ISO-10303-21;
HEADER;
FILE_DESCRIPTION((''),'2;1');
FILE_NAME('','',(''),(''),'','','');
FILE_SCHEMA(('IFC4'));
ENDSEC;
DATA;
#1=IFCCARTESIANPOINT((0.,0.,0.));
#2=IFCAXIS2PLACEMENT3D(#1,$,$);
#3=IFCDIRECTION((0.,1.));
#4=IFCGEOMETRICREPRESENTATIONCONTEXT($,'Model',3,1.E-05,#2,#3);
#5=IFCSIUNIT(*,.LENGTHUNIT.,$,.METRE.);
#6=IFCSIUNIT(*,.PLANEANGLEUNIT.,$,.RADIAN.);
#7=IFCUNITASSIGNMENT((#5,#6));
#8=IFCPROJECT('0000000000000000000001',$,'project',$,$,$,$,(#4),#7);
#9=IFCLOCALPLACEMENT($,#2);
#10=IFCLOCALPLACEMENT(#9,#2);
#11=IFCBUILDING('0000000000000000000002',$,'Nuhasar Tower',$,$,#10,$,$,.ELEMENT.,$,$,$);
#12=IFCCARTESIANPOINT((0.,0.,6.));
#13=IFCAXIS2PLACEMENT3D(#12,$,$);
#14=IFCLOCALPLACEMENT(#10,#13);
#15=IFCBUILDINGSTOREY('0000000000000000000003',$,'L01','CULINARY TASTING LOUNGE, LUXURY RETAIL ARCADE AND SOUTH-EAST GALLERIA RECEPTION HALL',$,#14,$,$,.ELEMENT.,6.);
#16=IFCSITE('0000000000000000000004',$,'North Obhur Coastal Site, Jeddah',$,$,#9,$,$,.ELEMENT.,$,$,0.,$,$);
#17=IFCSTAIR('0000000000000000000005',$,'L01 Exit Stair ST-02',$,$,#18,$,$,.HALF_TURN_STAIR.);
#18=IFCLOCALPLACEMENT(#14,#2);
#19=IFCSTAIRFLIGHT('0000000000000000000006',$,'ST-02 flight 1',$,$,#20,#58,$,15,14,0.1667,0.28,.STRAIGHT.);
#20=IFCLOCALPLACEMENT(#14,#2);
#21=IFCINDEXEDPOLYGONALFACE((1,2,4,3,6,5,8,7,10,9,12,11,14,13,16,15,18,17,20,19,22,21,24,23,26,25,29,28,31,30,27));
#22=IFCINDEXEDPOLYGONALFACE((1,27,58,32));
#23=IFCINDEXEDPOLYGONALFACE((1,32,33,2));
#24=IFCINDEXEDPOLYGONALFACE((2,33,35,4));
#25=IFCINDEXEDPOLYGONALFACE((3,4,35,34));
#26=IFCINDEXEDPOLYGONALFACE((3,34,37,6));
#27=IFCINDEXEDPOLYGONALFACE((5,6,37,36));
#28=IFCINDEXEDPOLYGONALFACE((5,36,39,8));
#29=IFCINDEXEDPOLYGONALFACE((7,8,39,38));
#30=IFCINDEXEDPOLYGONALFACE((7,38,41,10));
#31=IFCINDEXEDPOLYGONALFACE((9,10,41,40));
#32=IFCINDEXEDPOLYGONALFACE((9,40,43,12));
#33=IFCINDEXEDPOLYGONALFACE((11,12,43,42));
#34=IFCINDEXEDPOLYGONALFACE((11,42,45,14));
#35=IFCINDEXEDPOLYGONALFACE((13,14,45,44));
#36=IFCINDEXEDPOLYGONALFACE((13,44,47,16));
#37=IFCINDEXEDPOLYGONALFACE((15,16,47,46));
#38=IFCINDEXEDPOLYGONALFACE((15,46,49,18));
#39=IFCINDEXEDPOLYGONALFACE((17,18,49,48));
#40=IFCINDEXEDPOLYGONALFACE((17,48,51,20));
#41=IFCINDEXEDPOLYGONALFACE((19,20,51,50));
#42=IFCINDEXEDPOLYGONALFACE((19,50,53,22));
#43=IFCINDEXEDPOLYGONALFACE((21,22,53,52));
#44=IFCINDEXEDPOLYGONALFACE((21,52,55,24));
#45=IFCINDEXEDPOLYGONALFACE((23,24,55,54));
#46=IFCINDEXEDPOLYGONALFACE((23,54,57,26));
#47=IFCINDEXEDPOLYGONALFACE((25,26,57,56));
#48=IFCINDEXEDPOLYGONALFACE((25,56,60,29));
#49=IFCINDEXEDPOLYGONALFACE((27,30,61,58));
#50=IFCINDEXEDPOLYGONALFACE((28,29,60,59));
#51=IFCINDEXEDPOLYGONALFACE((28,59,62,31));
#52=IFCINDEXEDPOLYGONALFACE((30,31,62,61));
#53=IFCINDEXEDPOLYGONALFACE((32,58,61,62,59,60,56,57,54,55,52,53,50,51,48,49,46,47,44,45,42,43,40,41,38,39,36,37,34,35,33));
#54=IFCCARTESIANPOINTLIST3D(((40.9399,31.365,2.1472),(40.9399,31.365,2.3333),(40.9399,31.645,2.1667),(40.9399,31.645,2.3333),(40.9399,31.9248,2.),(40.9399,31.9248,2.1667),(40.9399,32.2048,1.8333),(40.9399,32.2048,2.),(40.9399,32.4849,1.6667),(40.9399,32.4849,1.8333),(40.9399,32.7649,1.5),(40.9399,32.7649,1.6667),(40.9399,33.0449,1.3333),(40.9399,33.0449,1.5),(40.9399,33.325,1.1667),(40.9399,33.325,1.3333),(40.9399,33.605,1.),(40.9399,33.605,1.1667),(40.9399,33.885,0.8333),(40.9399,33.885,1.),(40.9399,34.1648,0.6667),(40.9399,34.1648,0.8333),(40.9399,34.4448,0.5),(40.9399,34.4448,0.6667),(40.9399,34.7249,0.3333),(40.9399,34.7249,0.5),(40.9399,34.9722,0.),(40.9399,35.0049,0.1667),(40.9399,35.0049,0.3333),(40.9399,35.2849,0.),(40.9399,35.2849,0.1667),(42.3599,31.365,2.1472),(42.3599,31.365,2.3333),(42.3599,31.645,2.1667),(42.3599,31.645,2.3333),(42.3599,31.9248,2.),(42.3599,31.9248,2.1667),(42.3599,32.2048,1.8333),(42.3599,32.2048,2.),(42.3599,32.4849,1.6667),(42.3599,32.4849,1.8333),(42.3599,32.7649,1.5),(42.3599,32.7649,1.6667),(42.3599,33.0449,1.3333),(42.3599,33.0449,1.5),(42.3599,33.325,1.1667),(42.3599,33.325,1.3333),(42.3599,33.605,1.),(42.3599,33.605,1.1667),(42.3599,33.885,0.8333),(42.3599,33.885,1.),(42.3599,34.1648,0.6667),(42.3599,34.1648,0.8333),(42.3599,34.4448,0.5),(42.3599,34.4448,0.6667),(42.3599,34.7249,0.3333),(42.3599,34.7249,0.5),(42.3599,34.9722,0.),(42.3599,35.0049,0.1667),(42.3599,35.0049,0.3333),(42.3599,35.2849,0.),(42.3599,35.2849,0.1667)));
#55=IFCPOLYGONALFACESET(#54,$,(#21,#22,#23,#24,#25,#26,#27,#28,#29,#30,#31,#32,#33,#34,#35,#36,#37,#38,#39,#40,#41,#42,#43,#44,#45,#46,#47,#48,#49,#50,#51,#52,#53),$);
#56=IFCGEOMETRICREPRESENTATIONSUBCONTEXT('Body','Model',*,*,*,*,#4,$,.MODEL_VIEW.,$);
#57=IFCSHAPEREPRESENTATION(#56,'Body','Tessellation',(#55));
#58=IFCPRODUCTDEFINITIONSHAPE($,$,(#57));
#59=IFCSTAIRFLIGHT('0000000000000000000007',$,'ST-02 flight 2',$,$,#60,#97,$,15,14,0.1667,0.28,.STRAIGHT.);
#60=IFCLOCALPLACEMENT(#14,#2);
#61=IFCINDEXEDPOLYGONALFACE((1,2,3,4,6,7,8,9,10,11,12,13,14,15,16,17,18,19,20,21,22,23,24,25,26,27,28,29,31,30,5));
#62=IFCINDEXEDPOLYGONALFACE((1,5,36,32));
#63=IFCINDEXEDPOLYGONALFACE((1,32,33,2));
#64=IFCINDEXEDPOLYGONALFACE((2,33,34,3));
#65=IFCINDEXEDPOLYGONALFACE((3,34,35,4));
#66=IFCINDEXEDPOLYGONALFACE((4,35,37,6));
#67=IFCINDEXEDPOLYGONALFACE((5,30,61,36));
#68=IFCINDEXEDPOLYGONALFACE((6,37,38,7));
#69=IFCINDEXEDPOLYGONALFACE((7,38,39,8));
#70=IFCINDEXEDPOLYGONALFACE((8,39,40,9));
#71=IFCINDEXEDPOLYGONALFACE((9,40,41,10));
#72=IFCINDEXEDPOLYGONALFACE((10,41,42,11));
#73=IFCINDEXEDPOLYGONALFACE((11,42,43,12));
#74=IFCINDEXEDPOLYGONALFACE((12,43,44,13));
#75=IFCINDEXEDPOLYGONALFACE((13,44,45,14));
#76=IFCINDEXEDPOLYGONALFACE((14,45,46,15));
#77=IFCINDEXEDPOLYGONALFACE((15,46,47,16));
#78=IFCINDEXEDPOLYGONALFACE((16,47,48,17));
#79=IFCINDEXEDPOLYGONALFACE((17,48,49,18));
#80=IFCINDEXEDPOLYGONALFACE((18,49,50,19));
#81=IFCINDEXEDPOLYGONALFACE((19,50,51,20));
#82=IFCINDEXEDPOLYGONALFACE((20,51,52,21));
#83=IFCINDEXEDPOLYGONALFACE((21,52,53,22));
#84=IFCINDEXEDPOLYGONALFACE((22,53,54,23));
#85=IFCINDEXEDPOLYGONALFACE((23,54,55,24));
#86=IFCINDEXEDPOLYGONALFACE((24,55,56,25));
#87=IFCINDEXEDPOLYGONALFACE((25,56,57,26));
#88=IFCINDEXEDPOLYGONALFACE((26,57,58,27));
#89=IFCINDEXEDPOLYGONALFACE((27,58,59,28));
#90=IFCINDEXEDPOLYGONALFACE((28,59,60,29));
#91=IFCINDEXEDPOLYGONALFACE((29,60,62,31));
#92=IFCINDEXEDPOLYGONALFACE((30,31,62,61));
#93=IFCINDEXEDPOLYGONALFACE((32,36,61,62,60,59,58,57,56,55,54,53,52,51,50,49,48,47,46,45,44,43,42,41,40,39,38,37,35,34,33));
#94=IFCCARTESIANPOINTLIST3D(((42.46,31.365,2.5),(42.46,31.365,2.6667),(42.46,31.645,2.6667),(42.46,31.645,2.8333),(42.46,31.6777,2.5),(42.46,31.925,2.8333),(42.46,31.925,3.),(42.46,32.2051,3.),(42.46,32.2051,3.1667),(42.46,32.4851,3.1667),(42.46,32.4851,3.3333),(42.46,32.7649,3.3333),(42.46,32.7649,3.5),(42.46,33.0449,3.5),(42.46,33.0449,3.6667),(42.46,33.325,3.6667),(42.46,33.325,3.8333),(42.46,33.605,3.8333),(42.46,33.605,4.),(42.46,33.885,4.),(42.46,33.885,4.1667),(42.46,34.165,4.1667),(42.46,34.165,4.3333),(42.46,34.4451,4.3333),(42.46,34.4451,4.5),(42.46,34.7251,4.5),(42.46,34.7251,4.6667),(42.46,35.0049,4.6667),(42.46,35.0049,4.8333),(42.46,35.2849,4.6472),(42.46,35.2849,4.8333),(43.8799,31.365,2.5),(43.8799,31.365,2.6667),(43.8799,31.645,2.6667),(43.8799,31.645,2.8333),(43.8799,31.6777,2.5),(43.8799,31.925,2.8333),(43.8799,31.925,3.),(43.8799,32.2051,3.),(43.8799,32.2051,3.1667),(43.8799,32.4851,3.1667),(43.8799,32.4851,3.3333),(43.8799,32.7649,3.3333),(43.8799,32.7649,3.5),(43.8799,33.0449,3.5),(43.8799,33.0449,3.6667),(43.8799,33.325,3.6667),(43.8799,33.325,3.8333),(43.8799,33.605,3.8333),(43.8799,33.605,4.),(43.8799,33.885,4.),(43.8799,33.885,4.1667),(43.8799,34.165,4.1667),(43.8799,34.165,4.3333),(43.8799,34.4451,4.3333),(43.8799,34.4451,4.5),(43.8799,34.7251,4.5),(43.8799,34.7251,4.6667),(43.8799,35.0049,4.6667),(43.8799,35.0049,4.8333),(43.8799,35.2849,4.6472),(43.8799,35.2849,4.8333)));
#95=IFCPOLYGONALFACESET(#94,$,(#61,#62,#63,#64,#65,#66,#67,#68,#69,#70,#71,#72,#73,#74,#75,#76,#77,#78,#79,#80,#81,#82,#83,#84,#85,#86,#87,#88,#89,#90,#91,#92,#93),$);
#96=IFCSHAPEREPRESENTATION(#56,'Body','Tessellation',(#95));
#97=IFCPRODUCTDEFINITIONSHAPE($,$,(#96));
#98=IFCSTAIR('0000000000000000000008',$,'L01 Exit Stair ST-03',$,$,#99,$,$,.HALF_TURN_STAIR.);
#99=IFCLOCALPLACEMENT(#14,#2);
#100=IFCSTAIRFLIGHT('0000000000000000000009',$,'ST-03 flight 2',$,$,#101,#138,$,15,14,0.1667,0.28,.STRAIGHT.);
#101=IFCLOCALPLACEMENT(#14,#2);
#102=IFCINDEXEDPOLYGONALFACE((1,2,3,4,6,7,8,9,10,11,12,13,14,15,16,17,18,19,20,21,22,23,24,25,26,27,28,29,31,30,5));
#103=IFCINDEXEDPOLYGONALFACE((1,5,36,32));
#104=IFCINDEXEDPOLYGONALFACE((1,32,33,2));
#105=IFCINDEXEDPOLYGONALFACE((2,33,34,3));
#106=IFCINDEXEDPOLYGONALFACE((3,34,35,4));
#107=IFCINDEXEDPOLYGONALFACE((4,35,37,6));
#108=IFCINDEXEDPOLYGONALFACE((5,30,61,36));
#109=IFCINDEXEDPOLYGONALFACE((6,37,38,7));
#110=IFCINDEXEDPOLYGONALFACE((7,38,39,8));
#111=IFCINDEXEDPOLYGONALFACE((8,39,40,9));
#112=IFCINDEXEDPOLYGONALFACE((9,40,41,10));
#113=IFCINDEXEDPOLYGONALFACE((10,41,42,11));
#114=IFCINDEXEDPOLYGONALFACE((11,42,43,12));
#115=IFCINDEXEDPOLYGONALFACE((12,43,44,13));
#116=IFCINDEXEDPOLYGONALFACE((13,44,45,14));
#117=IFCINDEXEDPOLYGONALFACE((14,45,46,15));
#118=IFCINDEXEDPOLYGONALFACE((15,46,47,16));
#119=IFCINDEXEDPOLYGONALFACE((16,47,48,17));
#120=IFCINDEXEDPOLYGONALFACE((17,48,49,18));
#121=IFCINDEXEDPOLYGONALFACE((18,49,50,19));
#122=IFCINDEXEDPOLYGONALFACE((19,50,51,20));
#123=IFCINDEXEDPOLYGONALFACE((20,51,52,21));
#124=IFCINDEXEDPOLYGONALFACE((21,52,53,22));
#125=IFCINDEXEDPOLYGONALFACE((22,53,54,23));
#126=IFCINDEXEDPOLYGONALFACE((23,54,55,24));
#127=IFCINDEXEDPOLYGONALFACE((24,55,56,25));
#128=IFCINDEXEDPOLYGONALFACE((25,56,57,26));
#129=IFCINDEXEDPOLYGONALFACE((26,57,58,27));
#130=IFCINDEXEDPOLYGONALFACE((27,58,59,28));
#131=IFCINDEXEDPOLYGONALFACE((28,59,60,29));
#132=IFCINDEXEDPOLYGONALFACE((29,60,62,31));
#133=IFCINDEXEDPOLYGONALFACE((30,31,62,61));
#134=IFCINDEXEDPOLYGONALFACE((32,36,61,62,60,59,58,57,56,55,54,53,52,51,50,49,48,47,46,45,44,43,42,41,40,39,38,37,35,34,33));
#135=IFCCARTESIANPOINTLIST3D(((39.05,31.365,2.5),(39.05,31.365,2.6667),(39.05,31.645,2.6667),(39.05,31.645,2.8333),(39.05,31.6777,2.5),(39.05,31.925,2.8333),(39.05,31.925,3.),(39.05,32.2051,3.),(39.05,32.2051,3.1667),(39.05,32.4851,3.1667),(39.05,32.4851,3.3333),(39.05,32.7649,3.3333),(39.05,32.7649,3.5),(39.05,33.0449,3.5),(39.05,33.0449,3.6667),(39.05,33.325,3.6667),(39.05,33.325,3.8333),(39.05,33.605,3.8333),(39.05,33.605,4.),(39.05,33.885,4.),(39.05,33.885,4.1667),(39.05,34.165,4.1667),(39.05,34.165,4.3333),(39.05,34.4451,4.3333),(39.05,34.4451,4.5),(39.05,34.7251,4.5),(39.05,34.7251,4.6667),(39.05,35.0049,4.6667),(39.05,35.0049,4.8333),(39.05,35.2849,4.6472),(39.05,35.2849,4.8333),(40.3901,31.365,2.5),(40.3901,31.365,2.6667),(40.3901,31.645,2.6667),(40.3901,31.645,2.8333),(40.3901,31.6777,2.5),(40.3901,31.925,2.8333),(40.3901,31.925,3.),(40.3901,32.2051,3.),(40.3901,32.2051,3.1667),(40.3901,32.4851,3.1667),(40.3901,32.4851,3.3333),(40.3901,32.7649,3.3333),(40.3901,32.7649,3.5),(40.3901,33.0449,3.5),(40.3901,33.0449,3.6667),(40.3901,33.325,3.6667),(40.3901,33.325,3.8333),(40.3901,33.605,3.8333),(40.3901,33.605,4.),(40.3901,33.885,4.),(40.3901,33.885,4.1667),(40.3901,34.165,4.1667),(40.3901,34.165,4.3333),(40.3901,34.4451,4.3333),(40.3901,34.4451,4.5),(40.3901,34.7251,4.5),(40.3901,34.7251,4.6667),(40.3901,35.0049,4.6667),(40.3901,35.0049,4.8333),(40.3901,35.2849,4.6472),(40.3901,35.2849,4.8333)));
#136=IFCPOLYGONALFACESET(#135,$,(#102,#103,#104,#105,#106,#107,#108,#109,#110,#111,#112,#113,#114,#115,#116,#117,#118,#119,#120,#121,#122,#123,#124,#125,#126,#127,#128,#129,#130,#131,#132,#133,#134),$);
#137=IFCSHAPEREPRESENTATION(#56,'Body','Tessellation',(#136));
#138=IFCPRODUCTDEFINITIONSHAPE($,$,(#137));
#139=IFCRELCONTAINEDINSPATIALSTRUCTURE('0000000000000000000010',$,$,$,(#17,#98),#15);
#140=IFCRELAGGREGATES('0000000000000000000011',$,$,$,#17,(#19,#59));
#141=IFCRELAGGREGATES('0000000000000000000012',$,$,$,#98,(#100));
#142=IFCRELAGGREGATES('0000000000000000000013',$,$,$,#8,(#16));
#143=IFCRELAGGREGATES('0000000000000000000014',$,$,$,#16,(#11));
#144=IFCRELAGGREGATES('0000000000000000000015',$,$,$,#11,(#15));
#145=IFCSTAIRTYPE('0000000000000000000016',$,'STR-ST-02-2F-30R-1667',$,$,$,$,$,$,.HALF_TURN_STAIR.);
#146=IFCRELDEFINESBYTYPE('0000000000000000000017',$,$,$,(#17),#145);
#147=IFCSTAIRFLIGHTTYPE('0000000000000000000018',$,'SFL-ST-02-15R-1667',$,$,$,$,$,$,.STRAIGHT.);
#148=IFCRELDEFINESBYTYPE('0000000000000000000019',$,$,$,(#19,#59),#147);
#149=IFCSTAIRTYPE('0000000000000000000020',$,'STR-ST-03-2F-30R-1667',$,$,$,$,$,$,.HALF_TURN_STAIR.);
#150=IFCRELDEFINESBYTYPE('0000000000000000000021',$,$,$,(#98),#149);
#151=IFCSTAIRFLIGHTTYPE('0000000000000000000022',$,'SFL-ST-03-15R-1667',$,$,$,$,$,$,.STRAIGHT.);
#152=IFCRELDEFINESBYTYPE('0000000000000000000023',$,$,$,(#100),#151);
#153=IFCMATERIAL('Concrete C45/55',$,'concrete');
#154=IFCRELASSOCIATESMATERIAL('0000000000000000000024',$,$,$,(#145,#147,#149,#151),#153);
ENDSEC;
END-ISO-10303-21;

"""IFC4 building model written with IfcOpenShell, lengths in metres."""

from ifc_helpers import new_model, si_unit, direction, frame, origin, place, context, subcontext, project, spatial, polyline, outline, extrude, material, type_object, element, aggregate, save


model = new_model("IFC4")

# Units and contexts
model_context = context("Model", 3, precision=1e-05, world=origin(), true_north=direction((0.0, 1.0)))
body_context = subcontext(model_context, "Body", "Model", "MODEL_VIEW")
ifc_project = project(units=[si_unit("LENGTHUNIT", "METRE"), si_unit("PLANEANGLEUNIT", "RADIAN")], contexts=[model_context])

# Site, building, storey
site_placement = place(None, origin())
site = spatial("IfcSite", under=ifc_project, at=site_placement, Name="North Obhur Coastal Site, Jeddah", CompositionType="ELEMENT", RefElevation=0.0)
building_placement = place(site_placement, origin())
building = spatial("IfcBuilding", under=site, at=building_placement, Name="Nuhasar Tower", CompositionType="ELEMENT")
storey_placement = place(building_placement, frame((0.0, 0.0, 6.0)))
storey = spatial("IfcBuildingStorey", under=building, at=storey_placement, Name="L01", Description="CULINARY TASTING LOUNGE, LUXURY RETAIL ARCADE AND SOUTH-EAST GALLERIA RECEPTION HALL", CompositionType="ELEMENT", Elevation=6.0)

# Shared definitions
ifc_material_1 = material(Name="Concrete C45/55", Category="concrete")

# Stair, stair flights
stair_type_1 = type_object("IfcStairType", Name="STR-ST-02-2F-30R-1667", PredefinedType="HALF_TURN_STAIR", material=ifc_material_1)
stair_1_placement = place(storey_placement, origin())
stair_1 = element("IfcStair", 1, at=stair_1_placement, inside=storey, type_object=stair_type_1, Name="L01 Exit Stair ST-02", PredefinedType="HALF_TURN_STAIR")
stair_flight_type_1 = type_object("IfcStairFlightType", Name="SFL-ST-02-15R-1667", PredefinedType="STRAIGHT", material=ifc_material_1)
stair_flight_1_placement = place(storey_placement, frame((41.6499, 35.2849, 0.0), z_axis=(0.0, 0.0, 1.0), x_axis=(0.0, -1.0, 0.0)))
stair_flight_1 = element("IfcStairFlight", 2, at=stair_flight_1_placement, type_object=stair_flight_type_1, Name="ST-02 flight 1", NumberOfRisers=15, NumberOfTreads=14, PredefinedType="STRAIGHT", RiserHeight=0.1667, TreadLength=0.28, context=body_context, shape_type="SweptSolid", body=[
    extrude(outline(polyline([(0.0, 0.0), (0.0, 0.1667), (0.28, 0.1667), (0.28, 0.3333), (0.5601, 0.3333), (0.5601, 0.5), (0.8401, 0.5), (0.8401, 0.6667), (1.1201, 0.6667), (1.1201, 0.8333), (1.3999, 0.8333), (1.3999, 1.0), (1.6799, 1.0), (1.6799, 1.1667), (1.96, 1.1667), (1.96, 1.3333), (2.24, 1.3333), (2.24, 1.5), (2.52, 1.5), (2.52, 1.6667), (2.8, 1.6667), (2.8, 1.8333), (3.0801, 1.8333), (3.0801, 2.0), (3.3601, 2.0), (3.3601, 2.1667), (3.6399, 2.1667), (3.6399, 2.3333), (3.9199, 2.3333), (3.9199, 2.5), (3.9199, 2.1472), (0.3127, 0.0), (0.0, 0.0)])), frame((0.0, 0.71, 0.0), z_axis=(0.0, -1.0, 0.0), x_axis=(1.0, 0.0, 0.0)), (0.0, 0.0, 1.0), 1.4199),
])
stair_flight_2_placement = place(storey_placement, frame((43.1699, 31.365, 2.5), z_axis=(0.0, 0.0, 1.0), x_axis=(0.0, 1.0, 0.0)))
stair_flight_2 = element("IfcStairFlight", 3, at=stair_flight_2_placement, type_object=stair_flight_type_1, Name="ST-02 flight 2", NumberOfRisers=15, NumberOfTreads=14, PredefinedType="STRAIGHT", RiserHeight=0.1667, TreadLength=0.28, context=body_context, shape_type="SweptSolid", body=[
    extrude(outline(polyline([(0.0, 0.0), (0.0, 0.1667), (0.28, 0.1667), (0.28, 0.3333), (0.5601, 0.3333), (0.5601, 0.5), (0.8401, 0.5), (0.8401, 0.6667), (1.1201, 0.6667), (1.1201, 0.8333), (1.3999, 0.8333), (1.3999, 1.0), (1.6799, 1.0), (1.6799, 1.1667), (1.96, 1.1667), (1.96, 1.3333), (2.24, 1.3333), (2.24, 1.5), (2.52, 1.5), (2.52, 1.6667), (2.8, 1.6667), (2.8, 1.8333), (3.0801, 1.8333), (3.0801, 2.0), (3.3601, 2.0), (3.3601, 2.1667), (3.6399, 2.1667), (3.6399, 2.3333), (3.9199, 2.3333), (3.9199, 2.5), (3.9199, 2.1472), (0.3127, 0.0), (0.0, 0.0)])), frame((0.0, 0.71, 0.0), z_axis=(0.0, -1.0, 0.0), x_axis=(1.0, 0.0, 0.0)), (0.0, 0.0, 1.0), 1.4199),
])
aggregate(stair_1, [stair_flight_1, stair_flight_2])

# Stair, stair flight
stair_type_2 = type_object("IfcStairType", Name="STR-ST-03-2F-30R-1667", PredefinedType="HALF_TURN_STAIR", material=ifc_material_1)
stair_2_placement = place(storey_placement, origin())
stair_2 = element("IfcStair", 4, at=stair_2_placement, inside=storey, type_object=stair_type_2, Name="L01 Exit Stair ST-03", PredefinedType="HALF_TURN_STAIR")
stair_flight_type_2 = type_object("IfcStairFlightType", Name="SFL-ST-03-15R-1667", PredefinedType="STRAIGHT", material=ifc_material_1)
stair_flight_3_placement = place(storey_placement, frame((39.72, 31.365, 2.5), z_axis=(0.0, 0.0, 1.0), x_axis=(0.0, 1.0, 0.0)))
stair_flight_3 = element("IfcStairFlight", 5, at=stair_flight_3_placement, type_object=stair_flight_type_2, Name="ST-03 flight 2", NumberOfRisers=15, NumberOfTreads=14, PredefinedType="STRAIGHT", RiserHeight=0.1667, TreadLength=0.28, context=body_context, shape_type="SweptSolid", body=[
    extrude(outline(polyline([(0.0, 0.0), (0.0, 0.1667), (0.28, 0.1667), (0.28, 0.3333), (0.5601, 0.3333), (0.5601, 0.5), (0.8401, 0.5), (0.8401, 0.6667), (1.1201, 0.6667), (1.1201, 0.8333), (1.3999, 0.8333), (1.3999, 1.0), (1.6799, 1.0), (1.6799, 1.1667), (1.96, 1.1667), (1.96, 1.3333), (2.24, 1.3333), (2.24, 1.5), (2.52, 1.5), (2.52, 1.6667), (2.8, 1.6667), (2.8, 1.8333), (3.0801, 1.8333), (3.0801, 2.0), (3.3601, 2.0), (3.3601, 2.1667), (3.6399, 2.1667), (3.6399, 2.3333), (3.9199, 2.3333), (3.9199, 2.5), (3.9199, 2.1472), (0.3127, 0.0), (0.0, 0.0)])), frame((0.0, 0.6699, 0.0), z_axis=(0.0, -1.0, 0.0), x_axis=(1.0, 0.0, 0.0)), (0.0, 0.0, 1.0), 1.3401),
])
aggregate(stair_2, [stair_flight_3])

save(model, "model.ifc")
